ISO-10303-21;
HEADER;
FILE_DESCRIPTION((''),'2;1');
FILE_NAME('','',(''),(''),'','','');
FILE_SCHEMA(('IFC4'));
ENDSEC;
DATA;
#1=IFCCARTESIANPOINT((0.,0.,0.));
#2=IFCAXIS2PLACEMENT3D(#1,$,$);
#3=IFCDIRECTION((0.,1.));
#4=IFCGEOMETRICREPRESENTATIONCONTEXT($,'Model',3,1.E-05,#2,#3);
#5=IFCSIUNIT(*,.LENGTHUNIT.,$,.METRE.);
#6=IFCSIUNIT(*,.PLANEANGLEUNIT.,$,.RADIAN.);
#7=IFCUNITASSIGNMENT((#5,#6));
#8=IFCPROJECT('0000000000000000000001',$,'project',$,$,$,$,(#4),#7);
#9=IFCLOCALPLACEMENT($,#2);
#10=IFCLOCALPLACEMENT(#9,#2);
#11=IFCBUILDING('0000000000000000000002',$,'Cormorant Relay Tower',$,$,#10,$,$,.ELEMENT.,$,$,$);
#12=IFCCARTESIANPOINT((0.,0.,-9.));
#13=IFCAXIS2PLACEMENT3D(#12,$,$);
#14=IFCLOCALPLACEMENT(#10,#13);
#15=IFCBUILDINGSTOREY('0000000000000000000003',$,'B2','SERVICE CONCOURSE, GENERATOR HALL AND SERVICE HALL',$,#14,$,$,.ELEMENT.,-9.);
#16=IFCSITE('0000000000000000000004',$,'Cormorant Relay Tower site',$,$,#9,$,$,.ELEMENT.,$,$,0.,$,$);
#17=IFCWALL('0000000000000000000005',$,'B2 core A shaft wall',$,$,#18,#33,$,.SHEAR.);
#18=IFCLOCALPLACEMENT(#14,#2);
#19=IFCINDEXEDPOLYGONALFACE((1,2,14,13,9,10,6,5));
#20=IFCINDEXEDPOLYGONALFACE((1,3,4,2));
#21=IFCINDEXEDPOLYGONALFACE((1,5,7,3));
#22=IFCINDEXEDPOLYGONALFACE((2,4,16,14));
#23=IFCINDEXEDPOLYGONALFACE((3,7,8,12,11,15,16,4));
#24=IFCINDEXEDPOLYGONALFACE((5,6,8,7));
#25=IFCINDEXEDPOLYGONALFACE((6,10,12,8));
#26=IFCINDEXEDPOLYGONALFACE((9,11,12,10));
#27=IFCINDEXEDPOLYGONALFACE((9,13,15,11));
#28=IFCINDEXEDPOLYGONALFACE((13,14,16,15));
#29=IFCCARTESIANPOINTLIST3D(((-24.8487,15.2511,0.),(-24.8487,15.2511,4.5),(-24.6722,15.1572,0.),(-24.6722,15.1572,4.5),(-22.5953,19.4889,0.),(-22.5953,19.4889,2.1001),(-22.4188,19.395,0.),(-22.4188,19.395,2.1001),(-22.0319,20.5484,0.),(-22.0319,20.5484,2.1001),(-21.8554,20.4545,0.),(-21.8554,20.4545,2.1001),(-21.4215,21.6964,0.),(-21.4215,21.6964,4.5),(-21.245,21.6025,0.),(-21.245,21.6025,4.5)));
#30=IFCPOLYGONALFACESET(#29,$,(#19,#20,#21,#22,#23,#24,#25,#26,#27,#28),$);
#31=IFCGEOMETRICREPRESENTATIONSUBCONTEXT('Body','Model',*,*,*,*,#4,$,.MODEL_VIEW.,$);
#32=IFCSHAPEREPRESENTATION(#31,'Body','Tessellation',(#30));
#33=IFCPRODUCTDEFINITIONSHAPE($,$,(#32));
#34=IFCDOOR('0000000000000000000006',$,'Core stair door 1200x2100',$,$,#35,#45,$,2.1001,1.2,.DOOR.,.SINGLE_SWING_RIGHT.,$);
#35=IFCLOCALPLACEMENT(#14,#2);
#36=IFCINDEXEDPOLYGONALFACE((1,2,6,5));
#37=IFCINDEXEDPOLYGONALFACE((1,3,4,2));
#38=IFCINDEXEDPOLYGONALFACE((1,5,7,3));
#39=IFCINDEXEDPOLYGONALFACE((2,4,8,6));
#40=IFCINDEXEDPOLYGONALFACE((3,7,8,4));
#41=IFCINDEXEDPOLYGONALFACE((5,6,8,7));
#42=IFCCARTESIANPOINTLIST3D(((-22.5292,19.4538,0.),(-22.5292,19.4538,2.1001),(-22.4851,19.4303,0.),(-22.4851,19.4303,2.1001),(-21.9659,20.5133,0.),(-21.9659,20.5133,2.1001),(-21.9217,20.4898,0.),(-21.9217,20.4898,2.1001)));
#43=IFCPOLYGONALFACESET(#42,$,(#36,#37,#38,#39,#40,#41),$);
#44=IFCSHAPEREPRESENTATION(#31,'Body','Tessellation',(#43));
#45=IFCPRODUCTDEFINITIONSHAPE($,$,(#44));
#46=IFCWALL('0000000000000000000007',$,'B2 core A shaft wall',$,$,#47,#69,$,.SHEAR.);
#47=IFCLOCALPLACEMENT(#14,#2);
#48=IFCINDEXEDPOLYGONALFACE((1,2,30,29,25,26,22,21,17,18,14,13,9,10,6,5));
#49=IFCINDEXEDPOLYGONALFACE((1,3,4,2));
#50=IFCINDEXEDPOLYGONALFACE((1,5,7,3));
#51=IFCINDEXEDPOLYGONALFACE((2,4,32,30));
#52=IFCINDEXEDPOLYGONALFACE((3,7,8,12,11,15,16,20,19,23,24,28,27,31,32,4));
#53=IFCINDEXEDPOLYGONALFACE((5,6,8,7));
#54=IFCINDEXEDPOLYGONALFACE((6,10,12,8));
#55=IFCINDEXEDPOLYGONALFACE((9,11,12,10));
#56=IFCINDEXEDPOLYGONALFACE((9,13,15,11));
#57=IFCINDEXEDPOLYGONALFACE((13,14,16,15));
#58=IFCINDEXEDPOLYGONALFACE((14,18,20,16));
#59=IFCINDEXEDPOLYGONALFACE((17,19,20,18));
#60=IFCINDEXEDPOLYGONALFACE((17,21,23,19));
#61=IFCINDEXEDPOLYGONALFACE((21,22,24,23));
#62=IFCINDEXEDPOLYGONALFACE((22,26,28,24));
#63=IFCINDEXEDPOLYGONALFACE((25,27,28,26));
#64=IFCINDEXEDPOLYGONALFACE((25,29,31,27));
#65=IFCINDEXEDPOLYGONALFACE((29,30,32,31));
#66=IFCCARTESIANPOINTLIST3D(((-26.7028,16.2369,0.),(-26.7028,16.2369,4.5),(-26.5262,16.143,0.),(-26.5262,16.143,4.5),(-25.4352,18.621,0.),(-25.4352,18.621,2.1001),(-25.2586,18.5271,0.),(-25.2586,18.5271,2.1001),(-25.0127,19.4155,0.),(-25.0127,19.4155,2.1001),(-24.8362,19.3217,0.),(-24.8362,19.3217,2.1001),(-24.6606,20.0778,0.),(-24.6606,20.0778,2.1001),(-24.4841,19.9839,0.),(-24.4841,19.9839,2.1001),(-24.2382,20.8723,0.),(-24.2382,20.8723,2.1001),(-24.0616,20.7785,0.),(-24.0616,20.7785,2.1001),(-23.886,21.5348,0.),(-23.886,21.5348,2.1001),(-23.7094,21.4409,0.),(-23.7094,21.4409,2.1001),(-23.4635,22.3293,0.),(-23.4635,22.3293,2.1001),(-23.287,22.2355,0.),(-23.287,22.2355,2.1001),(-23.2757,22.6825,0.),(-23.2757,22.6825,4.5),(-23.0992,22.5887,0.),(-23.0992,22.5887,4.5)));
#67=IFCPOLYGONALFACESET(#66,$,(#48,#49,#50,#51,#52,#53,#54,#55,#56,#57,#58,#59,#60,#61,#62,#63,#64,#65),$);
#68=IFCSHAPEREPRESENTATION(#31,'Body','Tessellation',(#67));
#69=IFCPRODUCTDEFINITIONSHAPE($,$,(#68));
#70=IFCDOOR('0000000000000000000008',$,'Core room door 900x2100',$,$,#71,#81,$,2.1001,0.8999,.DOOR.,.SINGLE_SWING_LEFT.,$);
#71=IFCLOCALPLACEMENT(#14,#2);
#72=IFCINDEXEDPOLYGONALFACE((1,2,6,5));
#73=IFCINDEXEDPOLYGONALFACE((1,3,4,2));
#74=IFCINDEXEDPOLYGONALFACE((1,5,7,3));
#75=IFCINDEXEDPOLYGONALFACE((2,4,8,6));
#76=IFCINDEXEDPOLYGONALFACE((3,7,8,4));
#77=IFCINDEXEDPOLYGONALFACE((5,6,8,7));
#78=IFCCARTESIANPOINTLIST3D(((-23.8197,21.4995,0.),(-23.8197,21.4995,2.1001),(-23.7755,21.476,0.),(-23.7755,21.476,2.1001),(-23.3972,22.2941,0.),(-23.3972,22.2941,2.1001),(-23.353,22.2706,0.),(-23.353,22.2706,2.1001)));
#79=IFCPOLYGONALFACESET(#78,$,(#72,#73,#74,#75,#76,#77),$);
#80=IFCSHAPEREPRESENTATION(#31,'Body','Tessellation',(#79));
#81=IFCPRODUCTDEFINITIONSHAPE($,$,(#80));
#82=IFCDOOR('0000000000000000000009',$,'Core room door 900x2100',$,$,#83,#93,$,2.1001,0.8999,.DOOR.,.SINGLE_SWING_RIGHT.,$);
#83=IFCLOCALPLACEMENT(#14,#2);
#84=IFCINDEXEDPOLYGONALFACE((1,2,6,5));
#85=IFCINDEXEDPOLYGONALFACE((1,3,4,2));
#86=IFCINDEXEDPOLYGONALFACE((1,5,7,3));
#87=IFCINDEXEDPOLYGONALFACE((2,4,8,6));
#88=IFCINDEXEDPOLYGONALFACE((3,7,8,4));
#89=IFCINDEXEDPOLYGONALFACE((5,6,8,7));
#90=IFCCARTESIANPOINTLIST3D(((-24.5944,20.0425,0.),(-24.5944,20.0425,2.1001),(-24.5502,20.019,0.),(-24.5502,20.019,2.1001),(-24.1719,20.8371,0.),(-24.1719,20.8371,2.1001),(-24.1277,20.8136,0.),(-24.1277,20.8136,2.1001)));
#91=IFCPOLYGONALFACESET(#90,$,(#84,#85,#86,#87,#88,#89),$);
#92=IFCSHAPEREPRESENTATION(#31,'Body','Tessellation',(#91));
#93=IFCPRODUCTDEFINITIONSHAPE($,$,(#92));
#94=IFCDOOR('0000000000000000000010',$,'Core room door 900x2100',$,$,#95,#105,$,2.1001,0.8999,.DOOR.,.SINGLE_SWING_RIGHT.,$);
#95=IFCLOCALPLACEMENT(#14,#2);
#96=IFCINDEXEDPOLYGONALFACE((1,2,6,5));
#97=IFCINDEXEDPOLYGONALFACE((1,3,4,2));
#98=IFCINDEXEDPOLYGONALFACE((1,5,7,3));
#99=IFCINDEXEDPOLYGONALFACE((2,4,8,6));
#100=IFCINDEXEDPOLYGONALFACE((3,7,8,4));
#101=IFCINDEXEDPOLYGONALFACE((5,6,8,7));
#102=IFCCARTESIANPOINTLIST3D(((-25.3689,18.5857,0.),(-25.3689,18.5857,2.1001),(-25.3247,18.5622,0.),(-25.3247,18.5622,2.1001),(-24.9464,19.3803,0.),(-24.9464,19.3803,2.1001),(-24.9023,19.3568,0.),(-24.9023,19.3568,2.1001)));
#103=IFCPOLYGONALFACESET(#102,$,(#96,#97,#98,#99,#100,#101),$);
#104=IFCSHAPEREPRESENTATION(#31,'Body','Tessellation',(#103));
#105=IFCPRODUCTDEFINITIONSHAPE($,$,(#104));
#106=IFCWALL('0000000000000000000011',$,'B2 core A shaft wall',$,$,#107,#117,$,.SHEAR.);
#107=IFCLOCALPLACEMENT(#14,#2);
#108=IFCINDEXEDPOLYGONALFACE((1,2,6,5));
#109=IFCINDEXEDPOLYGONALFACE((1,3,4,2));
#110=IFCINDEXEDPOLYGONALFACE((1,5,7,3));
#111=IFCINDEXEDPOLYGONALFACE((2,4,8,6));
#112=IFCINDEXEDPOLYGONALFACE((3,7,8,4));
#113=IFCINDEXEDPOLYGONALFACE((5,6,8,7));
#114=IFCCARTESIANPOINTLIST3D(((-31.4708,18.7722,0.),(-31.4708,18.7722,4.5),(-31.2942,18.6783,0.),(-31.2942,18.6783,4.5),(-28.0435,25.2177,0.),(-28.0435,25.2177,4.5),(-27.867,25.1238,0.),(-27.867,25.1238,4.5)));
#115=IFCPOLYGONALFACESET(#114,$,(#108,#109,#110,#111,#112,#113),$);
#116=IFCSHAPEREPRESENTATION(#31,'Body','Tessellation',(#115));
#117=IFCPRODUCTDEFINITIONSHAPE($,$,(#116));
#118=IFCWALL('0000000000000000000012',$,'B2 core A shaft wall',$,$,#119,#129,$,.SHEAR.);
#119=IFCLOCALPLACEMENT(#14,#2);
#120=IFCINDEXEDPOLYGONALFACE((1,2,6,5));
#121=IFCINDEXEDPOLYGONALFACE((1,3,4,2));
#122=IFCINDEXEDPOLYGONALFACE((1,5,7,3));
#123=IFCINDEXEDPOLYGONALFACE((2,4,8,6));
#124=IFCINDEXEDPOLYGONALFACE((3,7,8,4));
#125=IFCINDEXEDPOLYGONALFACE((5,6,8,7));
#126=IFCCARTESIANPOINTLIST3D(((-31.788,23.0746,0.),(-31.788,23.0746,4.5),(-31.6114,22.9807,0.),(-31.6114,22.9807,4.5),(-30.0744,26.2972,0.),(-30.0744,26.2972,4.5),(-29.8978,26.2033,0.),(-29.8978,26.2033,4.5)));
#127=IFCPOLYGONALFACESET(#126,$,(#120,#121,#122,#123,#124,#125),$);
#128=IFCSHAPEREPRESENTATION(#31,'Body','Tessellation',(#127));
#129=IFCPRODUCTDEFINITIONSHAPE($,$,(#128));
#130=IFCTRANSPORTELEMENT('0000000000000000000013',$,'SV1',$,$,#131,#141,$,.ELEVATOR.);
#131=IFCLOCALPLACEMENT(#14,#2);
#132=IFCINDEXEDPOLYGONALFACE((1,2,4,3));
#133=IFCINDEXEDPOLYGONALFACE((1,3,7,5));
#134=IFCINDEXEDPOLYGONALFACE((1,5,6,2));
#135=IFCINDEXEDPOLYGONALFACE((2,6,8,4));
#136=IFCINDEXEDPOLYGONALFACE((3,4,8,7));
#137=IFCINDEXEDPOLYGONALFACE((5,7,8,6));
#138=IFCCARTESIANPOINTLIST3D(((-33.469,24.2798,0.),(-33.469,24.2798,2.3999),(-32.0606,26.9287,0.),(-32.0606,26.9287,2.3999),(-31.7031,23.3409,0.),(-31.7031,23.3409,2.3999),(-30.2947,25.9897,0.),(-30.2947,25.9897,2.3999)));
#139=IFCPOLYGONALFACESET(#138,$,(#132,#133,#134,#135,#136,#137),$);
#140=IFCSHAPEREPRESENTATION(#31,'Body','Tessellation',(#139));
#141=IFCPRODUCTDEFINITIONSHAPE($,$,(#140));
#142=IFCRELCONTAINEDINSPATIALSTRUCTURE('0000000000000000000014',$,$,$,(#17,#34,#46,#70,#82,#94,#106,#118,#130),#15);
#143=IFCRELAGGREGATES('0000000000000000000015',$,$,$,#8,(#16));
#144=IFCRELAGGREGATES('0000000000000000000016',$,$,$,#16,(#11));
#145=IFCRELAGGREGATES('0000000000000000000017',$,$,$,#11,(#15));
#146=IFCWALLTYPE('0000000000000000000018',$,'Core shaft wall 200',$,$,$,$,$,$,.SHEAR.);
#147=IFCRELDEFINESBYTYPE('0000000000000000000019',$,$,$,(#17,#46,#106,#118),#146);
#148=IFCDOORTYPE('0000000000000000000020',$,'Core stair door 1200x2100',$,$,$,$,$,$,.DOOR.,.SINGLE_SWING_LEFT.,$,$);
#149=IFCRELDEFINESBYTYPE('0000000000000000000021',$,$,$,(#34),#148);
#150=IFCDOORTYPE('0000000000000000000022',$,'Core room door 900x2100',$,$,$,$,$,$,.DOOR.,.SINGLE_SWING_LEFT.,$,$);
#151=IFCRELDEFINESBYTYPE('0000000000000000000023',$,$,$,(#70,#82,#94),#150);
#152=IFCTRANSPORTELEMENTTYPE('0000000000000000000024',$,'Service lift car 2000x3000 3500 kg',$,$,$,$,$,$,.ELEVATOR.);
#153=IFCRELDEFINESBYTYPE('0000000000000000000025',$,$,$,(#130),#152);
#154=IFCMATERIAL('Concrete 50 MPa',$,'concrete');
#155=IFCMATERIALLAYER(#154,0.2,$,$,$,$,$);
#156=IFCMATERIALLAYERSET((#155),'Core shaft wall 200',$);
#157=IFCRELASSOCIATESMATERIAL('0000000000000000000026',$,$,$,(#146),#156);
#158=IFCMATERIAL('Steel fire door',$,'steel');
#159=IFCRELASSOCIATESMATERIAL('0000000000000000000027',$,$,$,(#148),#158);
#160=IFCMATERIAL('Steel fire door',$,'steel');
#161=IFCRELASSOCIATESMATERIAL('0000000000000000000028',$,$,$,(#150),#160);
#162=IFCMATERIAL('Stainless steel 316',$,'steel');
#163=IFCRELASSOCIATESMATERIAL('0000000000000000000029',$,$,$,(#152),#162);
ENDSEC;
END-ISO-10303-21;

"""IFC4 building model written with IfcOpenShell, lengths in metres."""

from ifc_helpers import new_model, si_unit, direction, frame, frame_2d, origin, origin_2d, place, context, subcontext, project, spatial, rectangle, extrude, material, layer, layer_set, type_object, element, fill, save


model = new_model("IFC4")

# Units and contexts
model_context = context("Model", 3, precision=1e-05, world=origin(), true_north=direction((0.0, 1.0)))
body_context = subcontext(model_context, "Body", "Model", "MODEL_VIEW")
ifc_project = project(units=[si_unit("LENGTHUNIT", "METRE"), si_unit("PLANEANGLEUNIT", "RADIAN")], contexts=[model_context])

# Site, building, storey
site_placement = place(None, origin())
site = spatial("IfcSite", under=ifc_project, at=site_placement, Name="Cormorant Relay Tower site", CompositionType="ELEMENT", RefElevation=0.0)
building_placement = place(site_placement, origin())
building = spatial("IfcBuilding", under=site, at=building_placement, Name="Cormorant Relay Tower", CompositionType="ELEMENT")
storey_placement = place(building_placement, frame((0.0, 0.0, -9.0)))
storey = spatial("IfcBuildingStorey", under=building, at=storey_placement, Name="B2", Description="SERVICE CONCOURSE, GENERATOR HALL AND SERVICE HALL", CompositionType="ELEMENT", Elevation=-9.0)

# Wall, opening, door
ifc_material_1 = material(Name="Concrete 50 MPa", Category="concrete")
ifc_layer_1 = layer(ifc_material_1, 0.2)
ifc_layer_set_1 = layer_set([ifc_layer_1], Name="Core shaft wall 200")
wall_type_1 = type_object("IfcWallType", Name="Core shaft wall 200", PredefinedType="SHEAR", material=ifc_layer_set_1)
wall_1_placement = place(storey_placement, frame((-21.3333, 21.6494, 0.0), z_axis=(0.0, 0.0, 1.0), x_axis=(-0.469494, -0.882936, 0.0)))
wall_1 = element("IfcWall", 1, at=wall_1_placement, inside=storey, type_object=wall_type_1, Name="B2 core A shaft wall", PredefinedType="SHEAR", context=body_context, shape_type="SweptSolid", body=[
    extrude(rectangle(XDim=7.2998, YDim=0.2, at=frame_2d((3.6499, 0.0))), origin(), (0.0, 0.0, 1.0), 4.5),
])
opening_1_placement = place(wall_1_placement, frame((1.3, 0.0, 0.0)))
opening_1 = element("IfcOpeningElement", 2, at=opening_1_placement, cuts=wall_1, PredefinedType="OPENING", context=body_context, shape_type="SweptSolid", body=[
    extrude(rectangle(XDim=1.2, YDim=2.1001, at=frame_2d((0.6001, 1.05))), frame((0.0, 0.1099, 0.0), z_axis=(0.0, -1.0, 0.0), x_axis=(1.0, 0.0, 0.0)), (0.0, 0.0, 1.0), 0.22),
])
ifc_material_2 = material(Name="Steel fire door", Category="steel")
door_type_1 = type_object("IfcDoorType", Name="Core stair door 1200x2100", OperationType="SINGLE_SWING_LEFT", PredefinedType="DOOR", material=ifc_material_2)
door_1_placement = place(opening_1_placement, origin())
door_1 = element("IfcDoor", 3, at=door_1_placement, inside=storey, type_object=door_type_1, Name="Core stair door 1200x2100", OperationType="SINGLE_SWING_RIGHT", OverallHeight=2.1001, OverallWidth=1.2, PredefinedType="DOOR", context=body_context, shape_type="SweptSolid", body=[
    extrude(rectangle(XDim=1.2, YDim=2.1001, at=frame_2d((0.6001, 1.05))), frame((0.0, 0.0249, 0.0), z_axis=(0.0, -1.0, 0.0), x_axis=(1.0, 0.0, 0.0)), (0.0, 0.0, 1.0), 0.05),
])
fill(opening_1, door_1)

# Wall, openings, doors
wall_2_placement = place(storey_placement, frame((-23.1875, 22.6355, 0.0), z_axis=(0.0, 0.0, 1.0), x_axis=(-0.469454, -0.882957, 0.0)))
wall_2 = element("IfcWall", 4, at=wall_2_placement, inside=storey, type_object=wall_type_1, Name="B2 core A shaft wall", PredefinedType="SHEAR", context=body_context, shape_type="SweptSolid", body=[
    extrude(rectangle(XDim=7.3, YDim=0.2, at=frame_2d((3.6499, 0.0))), origin(), (0.0, 0.0, 1.0), 4.5),
])
opening_2_placement = place(wall_2_placement, frame((0.3999, 0.0, 0.0)))
opening_2 = element("IfcOpeningElement", 5, at=opening_2_placement, cuts=wall_2, PredefinedType="OPENING", context=body_context, shape_type="SweptSolid", body=[
    extrude(rectangle(XDim=0.8999, YDim=2.1001, at=frame_2d((0.45, 1.05))), frame((0.0, 0.1099, 0.0), z_axis=(0.0, -1.0, 0.0), x_axis=(1.0, 0.0, 0.0)), (0.0, 0.0, 1.0), 0.22),
])
opening_3_placement = place(wall_2_placement, frame((2.05, 0.0, 0.0)))
opening_3 = element("IfcOpeningElement", 6, at=opening_3_placement, cuts=wall_2, PredefinedType="OPENING", context=body_context, shape_type="SweptSolid", body=[
    extrude(rectangle(XDim=0.8999, YDim=2.1001, at=frame_2d((0.45, 1.05))), frame((0.0, 0.1099, 0.0), z_axis=(0.0, -1.0, 0.0), x_axis=(1.0, 0.0, 0.0)), (0.0, 0.0, 1.0), 0.22),
])
opening_4_placement = place(wall_2_placement, frame((3.7, 0.0, 0.0)))
opening_4 = element("IfcOpeningElement", 7, at=opening_4_placement, cuts=wall_2, PredefinedType="OPENING", context=body_context, shape_type="SweptSolid", body=[
    extrude(rectangle(XDim=0.8999, YDim=2.1001, at=frame_2d((0.45, 1.05))), frame((0.0, 0.1099, 0.0), z_axis=(0.0, -1.0, 0.0), x_axis=(1.0, 0.0, 0.0)), (0.0, 0.0, 1.0), 0.22),
])
ifc_material_3 = material(Name="Steel fire door", Category="steel")
door_type_2 = type_object("IfcDoorType", Name="Core room door 900x2100", OperationType="SINGLE_SWING_LEFT", PredefinedType="DOOR", material=ifc_material_3)
door_2_placement = place(opening_2_placement, frame((0.8999, 0.0, 0.0), z_axis=(0.0, 0.0, 1.0), x_axis=(-1.0, 0.0, 0.0)))
door_2 = element("IfcDoor", 8, at=door_2_placement, inside=storey, type_object=door_type_2, Name="Core room door 900x2100", OperationType="SINGLE_SWING_LEFT", OverallHeight=2.1001, OverallWidth=0.8999, PredefinedType="DOOR", context=body_context, shape_type="SweptSolid", body=[
    extrude(rectangle(XDim=0.8999, YDim=2.1001, at=frame_2d((0.45, 1.05))), frame((0.0, 0.0249, 0.0), z_axis=(0.0, -1.0, 0.0), x_axis=(1.0, 0.0, 0.0)), (0.0, 0.0, 1.0), 0.05),
])
fill(opening_2, door_2)
door_3_placement = place(opening_3_placement, frame((0.8999, 0.0, 0.0), z_axis=(0.0, 0.0, 1.0), x_axis=(-1.0, 0.0, 0.0)))
door_3 = element("IfcDoor", 9, at=door_3_placement, inside=storey, type_object=door_type_2, Name="Core room door 900x2100", OperationType="SINGLE_SWING_RIGHT", OverallHeight=2.1001, OverallWidth=0.8999, PredefinedType="DOOR", context=body_context, shape_type="SweptSolid", body=[
    extrude(rectangle(XDim=0.8999, YDim=2.1001, at=frame_2d((0.45, 1.05))), frame((0.0, 0.0249, 0.0), z_axis=(0.0, -1.0, 0.0), x_axis=(1.0, 0.0, 0.0)), (0.0, 0.0, 1.0), 0.05),
])
fill(opening_3, door_3)
door_4_placement = place(opening_4_placement, frame((0.8999, 0.0, 0.0), z_axis=(0.0, 0.0, 1.0), x_axis=(-1.0, 0.0, 0.0)))
door_4 = element("IfcDoor", 10, at=door_4_placement, inside=storey, type_object=door_type_2, Name="Core room door 900x2100", OperationType="SINGLE_SWING_RIGHT", OverallHeight=2.1001, OverallWidth=0.8999, PredefinedType="DOOR", context=body_context, shape_type="SweptSolid", body=[
    extrude(rectangle(XDim=0.8999, YDim=2.1001, at=frame_2d((0.45, 1.05))), frame((0.0, 0.0249, 0.0), z_axis=(0.0, -1.0, 0.0), x_axis=(1.0, 0.0, 0.0)), (0.0, 0.0, 1.0), 0.05),
])
fill(opening_4, door_4)

# Walls
wall_3_placement = place(storey_placement, frame((-27.9553, 25.1707, 0.0), z_axis=(0.0, 0.0, 1.0), x_axis=(-0.46948, -0.882943, 0.0)))
element("IfcWall", 11, at=wall_3_placement, inside=storey, type_object=wall_type_1, Name="B2 core A shaft wall", PredefinedType="SHEAR", context=body_context, shape_type="SweptSolid", body=[
    extrude(rectangle(XDim=7.3, YDim=0.2, at=frame_2d((3.6499, 0.0))), origin(), (0.0, 0.0, 1.0), 4.5),
])
wall_4_placement = place(storey_placement, frame((-29.9861, 26.2502, 0.0), z_axis=(0.0, 0.0, 1.0), x_axis=(-0.469494, -0.882936, 0.0)))
element("IfcWall", 12, at=wall_4_placement, inside=storey, type_object=wall_type_1, Name="B2 core A shaft wall", PredefinedType="SHEAR", context=body_context, shape_type="SweptSolid", body=[
    extrude(rectangle(XDim=3.6499, YDim=0.2, at=frame_2d((1.825, 0.0))), origin(), (0.0, 0.0, 1.0), 4.5),
])

# Transport element
ifc_material_4 = material(Name="Stainless steel 316", Category="steel")
transport_element_type = type_object("IfcTransportElementType", Name="Service lift car 2000x3000 3500 kg", PredefinedType="ELEVATOR", material=ifc_material_4)
transport_element_placement = place(storey_placement, frame((-31.8818, 25.1348, 0.0), z_axis=(0.0, 0.0, 1.0), x_axis=(-0.882948, 0.469472, 0.0)))
element("IfcTransportElement", 13, at=transport_element_placement, inside=storey, type_object=transport_element_type, Name="SV1", PredefinedType="ELEVATOR", context=body_context, shape_type="SweptSolid", body=[
    extrude(rectangle(XDim=2.0, YDim=3.0, at=origin_2d()), origin(), (0.0, 0.0, 1.0), 2.3999),
])

save(model, "model.ifc")
